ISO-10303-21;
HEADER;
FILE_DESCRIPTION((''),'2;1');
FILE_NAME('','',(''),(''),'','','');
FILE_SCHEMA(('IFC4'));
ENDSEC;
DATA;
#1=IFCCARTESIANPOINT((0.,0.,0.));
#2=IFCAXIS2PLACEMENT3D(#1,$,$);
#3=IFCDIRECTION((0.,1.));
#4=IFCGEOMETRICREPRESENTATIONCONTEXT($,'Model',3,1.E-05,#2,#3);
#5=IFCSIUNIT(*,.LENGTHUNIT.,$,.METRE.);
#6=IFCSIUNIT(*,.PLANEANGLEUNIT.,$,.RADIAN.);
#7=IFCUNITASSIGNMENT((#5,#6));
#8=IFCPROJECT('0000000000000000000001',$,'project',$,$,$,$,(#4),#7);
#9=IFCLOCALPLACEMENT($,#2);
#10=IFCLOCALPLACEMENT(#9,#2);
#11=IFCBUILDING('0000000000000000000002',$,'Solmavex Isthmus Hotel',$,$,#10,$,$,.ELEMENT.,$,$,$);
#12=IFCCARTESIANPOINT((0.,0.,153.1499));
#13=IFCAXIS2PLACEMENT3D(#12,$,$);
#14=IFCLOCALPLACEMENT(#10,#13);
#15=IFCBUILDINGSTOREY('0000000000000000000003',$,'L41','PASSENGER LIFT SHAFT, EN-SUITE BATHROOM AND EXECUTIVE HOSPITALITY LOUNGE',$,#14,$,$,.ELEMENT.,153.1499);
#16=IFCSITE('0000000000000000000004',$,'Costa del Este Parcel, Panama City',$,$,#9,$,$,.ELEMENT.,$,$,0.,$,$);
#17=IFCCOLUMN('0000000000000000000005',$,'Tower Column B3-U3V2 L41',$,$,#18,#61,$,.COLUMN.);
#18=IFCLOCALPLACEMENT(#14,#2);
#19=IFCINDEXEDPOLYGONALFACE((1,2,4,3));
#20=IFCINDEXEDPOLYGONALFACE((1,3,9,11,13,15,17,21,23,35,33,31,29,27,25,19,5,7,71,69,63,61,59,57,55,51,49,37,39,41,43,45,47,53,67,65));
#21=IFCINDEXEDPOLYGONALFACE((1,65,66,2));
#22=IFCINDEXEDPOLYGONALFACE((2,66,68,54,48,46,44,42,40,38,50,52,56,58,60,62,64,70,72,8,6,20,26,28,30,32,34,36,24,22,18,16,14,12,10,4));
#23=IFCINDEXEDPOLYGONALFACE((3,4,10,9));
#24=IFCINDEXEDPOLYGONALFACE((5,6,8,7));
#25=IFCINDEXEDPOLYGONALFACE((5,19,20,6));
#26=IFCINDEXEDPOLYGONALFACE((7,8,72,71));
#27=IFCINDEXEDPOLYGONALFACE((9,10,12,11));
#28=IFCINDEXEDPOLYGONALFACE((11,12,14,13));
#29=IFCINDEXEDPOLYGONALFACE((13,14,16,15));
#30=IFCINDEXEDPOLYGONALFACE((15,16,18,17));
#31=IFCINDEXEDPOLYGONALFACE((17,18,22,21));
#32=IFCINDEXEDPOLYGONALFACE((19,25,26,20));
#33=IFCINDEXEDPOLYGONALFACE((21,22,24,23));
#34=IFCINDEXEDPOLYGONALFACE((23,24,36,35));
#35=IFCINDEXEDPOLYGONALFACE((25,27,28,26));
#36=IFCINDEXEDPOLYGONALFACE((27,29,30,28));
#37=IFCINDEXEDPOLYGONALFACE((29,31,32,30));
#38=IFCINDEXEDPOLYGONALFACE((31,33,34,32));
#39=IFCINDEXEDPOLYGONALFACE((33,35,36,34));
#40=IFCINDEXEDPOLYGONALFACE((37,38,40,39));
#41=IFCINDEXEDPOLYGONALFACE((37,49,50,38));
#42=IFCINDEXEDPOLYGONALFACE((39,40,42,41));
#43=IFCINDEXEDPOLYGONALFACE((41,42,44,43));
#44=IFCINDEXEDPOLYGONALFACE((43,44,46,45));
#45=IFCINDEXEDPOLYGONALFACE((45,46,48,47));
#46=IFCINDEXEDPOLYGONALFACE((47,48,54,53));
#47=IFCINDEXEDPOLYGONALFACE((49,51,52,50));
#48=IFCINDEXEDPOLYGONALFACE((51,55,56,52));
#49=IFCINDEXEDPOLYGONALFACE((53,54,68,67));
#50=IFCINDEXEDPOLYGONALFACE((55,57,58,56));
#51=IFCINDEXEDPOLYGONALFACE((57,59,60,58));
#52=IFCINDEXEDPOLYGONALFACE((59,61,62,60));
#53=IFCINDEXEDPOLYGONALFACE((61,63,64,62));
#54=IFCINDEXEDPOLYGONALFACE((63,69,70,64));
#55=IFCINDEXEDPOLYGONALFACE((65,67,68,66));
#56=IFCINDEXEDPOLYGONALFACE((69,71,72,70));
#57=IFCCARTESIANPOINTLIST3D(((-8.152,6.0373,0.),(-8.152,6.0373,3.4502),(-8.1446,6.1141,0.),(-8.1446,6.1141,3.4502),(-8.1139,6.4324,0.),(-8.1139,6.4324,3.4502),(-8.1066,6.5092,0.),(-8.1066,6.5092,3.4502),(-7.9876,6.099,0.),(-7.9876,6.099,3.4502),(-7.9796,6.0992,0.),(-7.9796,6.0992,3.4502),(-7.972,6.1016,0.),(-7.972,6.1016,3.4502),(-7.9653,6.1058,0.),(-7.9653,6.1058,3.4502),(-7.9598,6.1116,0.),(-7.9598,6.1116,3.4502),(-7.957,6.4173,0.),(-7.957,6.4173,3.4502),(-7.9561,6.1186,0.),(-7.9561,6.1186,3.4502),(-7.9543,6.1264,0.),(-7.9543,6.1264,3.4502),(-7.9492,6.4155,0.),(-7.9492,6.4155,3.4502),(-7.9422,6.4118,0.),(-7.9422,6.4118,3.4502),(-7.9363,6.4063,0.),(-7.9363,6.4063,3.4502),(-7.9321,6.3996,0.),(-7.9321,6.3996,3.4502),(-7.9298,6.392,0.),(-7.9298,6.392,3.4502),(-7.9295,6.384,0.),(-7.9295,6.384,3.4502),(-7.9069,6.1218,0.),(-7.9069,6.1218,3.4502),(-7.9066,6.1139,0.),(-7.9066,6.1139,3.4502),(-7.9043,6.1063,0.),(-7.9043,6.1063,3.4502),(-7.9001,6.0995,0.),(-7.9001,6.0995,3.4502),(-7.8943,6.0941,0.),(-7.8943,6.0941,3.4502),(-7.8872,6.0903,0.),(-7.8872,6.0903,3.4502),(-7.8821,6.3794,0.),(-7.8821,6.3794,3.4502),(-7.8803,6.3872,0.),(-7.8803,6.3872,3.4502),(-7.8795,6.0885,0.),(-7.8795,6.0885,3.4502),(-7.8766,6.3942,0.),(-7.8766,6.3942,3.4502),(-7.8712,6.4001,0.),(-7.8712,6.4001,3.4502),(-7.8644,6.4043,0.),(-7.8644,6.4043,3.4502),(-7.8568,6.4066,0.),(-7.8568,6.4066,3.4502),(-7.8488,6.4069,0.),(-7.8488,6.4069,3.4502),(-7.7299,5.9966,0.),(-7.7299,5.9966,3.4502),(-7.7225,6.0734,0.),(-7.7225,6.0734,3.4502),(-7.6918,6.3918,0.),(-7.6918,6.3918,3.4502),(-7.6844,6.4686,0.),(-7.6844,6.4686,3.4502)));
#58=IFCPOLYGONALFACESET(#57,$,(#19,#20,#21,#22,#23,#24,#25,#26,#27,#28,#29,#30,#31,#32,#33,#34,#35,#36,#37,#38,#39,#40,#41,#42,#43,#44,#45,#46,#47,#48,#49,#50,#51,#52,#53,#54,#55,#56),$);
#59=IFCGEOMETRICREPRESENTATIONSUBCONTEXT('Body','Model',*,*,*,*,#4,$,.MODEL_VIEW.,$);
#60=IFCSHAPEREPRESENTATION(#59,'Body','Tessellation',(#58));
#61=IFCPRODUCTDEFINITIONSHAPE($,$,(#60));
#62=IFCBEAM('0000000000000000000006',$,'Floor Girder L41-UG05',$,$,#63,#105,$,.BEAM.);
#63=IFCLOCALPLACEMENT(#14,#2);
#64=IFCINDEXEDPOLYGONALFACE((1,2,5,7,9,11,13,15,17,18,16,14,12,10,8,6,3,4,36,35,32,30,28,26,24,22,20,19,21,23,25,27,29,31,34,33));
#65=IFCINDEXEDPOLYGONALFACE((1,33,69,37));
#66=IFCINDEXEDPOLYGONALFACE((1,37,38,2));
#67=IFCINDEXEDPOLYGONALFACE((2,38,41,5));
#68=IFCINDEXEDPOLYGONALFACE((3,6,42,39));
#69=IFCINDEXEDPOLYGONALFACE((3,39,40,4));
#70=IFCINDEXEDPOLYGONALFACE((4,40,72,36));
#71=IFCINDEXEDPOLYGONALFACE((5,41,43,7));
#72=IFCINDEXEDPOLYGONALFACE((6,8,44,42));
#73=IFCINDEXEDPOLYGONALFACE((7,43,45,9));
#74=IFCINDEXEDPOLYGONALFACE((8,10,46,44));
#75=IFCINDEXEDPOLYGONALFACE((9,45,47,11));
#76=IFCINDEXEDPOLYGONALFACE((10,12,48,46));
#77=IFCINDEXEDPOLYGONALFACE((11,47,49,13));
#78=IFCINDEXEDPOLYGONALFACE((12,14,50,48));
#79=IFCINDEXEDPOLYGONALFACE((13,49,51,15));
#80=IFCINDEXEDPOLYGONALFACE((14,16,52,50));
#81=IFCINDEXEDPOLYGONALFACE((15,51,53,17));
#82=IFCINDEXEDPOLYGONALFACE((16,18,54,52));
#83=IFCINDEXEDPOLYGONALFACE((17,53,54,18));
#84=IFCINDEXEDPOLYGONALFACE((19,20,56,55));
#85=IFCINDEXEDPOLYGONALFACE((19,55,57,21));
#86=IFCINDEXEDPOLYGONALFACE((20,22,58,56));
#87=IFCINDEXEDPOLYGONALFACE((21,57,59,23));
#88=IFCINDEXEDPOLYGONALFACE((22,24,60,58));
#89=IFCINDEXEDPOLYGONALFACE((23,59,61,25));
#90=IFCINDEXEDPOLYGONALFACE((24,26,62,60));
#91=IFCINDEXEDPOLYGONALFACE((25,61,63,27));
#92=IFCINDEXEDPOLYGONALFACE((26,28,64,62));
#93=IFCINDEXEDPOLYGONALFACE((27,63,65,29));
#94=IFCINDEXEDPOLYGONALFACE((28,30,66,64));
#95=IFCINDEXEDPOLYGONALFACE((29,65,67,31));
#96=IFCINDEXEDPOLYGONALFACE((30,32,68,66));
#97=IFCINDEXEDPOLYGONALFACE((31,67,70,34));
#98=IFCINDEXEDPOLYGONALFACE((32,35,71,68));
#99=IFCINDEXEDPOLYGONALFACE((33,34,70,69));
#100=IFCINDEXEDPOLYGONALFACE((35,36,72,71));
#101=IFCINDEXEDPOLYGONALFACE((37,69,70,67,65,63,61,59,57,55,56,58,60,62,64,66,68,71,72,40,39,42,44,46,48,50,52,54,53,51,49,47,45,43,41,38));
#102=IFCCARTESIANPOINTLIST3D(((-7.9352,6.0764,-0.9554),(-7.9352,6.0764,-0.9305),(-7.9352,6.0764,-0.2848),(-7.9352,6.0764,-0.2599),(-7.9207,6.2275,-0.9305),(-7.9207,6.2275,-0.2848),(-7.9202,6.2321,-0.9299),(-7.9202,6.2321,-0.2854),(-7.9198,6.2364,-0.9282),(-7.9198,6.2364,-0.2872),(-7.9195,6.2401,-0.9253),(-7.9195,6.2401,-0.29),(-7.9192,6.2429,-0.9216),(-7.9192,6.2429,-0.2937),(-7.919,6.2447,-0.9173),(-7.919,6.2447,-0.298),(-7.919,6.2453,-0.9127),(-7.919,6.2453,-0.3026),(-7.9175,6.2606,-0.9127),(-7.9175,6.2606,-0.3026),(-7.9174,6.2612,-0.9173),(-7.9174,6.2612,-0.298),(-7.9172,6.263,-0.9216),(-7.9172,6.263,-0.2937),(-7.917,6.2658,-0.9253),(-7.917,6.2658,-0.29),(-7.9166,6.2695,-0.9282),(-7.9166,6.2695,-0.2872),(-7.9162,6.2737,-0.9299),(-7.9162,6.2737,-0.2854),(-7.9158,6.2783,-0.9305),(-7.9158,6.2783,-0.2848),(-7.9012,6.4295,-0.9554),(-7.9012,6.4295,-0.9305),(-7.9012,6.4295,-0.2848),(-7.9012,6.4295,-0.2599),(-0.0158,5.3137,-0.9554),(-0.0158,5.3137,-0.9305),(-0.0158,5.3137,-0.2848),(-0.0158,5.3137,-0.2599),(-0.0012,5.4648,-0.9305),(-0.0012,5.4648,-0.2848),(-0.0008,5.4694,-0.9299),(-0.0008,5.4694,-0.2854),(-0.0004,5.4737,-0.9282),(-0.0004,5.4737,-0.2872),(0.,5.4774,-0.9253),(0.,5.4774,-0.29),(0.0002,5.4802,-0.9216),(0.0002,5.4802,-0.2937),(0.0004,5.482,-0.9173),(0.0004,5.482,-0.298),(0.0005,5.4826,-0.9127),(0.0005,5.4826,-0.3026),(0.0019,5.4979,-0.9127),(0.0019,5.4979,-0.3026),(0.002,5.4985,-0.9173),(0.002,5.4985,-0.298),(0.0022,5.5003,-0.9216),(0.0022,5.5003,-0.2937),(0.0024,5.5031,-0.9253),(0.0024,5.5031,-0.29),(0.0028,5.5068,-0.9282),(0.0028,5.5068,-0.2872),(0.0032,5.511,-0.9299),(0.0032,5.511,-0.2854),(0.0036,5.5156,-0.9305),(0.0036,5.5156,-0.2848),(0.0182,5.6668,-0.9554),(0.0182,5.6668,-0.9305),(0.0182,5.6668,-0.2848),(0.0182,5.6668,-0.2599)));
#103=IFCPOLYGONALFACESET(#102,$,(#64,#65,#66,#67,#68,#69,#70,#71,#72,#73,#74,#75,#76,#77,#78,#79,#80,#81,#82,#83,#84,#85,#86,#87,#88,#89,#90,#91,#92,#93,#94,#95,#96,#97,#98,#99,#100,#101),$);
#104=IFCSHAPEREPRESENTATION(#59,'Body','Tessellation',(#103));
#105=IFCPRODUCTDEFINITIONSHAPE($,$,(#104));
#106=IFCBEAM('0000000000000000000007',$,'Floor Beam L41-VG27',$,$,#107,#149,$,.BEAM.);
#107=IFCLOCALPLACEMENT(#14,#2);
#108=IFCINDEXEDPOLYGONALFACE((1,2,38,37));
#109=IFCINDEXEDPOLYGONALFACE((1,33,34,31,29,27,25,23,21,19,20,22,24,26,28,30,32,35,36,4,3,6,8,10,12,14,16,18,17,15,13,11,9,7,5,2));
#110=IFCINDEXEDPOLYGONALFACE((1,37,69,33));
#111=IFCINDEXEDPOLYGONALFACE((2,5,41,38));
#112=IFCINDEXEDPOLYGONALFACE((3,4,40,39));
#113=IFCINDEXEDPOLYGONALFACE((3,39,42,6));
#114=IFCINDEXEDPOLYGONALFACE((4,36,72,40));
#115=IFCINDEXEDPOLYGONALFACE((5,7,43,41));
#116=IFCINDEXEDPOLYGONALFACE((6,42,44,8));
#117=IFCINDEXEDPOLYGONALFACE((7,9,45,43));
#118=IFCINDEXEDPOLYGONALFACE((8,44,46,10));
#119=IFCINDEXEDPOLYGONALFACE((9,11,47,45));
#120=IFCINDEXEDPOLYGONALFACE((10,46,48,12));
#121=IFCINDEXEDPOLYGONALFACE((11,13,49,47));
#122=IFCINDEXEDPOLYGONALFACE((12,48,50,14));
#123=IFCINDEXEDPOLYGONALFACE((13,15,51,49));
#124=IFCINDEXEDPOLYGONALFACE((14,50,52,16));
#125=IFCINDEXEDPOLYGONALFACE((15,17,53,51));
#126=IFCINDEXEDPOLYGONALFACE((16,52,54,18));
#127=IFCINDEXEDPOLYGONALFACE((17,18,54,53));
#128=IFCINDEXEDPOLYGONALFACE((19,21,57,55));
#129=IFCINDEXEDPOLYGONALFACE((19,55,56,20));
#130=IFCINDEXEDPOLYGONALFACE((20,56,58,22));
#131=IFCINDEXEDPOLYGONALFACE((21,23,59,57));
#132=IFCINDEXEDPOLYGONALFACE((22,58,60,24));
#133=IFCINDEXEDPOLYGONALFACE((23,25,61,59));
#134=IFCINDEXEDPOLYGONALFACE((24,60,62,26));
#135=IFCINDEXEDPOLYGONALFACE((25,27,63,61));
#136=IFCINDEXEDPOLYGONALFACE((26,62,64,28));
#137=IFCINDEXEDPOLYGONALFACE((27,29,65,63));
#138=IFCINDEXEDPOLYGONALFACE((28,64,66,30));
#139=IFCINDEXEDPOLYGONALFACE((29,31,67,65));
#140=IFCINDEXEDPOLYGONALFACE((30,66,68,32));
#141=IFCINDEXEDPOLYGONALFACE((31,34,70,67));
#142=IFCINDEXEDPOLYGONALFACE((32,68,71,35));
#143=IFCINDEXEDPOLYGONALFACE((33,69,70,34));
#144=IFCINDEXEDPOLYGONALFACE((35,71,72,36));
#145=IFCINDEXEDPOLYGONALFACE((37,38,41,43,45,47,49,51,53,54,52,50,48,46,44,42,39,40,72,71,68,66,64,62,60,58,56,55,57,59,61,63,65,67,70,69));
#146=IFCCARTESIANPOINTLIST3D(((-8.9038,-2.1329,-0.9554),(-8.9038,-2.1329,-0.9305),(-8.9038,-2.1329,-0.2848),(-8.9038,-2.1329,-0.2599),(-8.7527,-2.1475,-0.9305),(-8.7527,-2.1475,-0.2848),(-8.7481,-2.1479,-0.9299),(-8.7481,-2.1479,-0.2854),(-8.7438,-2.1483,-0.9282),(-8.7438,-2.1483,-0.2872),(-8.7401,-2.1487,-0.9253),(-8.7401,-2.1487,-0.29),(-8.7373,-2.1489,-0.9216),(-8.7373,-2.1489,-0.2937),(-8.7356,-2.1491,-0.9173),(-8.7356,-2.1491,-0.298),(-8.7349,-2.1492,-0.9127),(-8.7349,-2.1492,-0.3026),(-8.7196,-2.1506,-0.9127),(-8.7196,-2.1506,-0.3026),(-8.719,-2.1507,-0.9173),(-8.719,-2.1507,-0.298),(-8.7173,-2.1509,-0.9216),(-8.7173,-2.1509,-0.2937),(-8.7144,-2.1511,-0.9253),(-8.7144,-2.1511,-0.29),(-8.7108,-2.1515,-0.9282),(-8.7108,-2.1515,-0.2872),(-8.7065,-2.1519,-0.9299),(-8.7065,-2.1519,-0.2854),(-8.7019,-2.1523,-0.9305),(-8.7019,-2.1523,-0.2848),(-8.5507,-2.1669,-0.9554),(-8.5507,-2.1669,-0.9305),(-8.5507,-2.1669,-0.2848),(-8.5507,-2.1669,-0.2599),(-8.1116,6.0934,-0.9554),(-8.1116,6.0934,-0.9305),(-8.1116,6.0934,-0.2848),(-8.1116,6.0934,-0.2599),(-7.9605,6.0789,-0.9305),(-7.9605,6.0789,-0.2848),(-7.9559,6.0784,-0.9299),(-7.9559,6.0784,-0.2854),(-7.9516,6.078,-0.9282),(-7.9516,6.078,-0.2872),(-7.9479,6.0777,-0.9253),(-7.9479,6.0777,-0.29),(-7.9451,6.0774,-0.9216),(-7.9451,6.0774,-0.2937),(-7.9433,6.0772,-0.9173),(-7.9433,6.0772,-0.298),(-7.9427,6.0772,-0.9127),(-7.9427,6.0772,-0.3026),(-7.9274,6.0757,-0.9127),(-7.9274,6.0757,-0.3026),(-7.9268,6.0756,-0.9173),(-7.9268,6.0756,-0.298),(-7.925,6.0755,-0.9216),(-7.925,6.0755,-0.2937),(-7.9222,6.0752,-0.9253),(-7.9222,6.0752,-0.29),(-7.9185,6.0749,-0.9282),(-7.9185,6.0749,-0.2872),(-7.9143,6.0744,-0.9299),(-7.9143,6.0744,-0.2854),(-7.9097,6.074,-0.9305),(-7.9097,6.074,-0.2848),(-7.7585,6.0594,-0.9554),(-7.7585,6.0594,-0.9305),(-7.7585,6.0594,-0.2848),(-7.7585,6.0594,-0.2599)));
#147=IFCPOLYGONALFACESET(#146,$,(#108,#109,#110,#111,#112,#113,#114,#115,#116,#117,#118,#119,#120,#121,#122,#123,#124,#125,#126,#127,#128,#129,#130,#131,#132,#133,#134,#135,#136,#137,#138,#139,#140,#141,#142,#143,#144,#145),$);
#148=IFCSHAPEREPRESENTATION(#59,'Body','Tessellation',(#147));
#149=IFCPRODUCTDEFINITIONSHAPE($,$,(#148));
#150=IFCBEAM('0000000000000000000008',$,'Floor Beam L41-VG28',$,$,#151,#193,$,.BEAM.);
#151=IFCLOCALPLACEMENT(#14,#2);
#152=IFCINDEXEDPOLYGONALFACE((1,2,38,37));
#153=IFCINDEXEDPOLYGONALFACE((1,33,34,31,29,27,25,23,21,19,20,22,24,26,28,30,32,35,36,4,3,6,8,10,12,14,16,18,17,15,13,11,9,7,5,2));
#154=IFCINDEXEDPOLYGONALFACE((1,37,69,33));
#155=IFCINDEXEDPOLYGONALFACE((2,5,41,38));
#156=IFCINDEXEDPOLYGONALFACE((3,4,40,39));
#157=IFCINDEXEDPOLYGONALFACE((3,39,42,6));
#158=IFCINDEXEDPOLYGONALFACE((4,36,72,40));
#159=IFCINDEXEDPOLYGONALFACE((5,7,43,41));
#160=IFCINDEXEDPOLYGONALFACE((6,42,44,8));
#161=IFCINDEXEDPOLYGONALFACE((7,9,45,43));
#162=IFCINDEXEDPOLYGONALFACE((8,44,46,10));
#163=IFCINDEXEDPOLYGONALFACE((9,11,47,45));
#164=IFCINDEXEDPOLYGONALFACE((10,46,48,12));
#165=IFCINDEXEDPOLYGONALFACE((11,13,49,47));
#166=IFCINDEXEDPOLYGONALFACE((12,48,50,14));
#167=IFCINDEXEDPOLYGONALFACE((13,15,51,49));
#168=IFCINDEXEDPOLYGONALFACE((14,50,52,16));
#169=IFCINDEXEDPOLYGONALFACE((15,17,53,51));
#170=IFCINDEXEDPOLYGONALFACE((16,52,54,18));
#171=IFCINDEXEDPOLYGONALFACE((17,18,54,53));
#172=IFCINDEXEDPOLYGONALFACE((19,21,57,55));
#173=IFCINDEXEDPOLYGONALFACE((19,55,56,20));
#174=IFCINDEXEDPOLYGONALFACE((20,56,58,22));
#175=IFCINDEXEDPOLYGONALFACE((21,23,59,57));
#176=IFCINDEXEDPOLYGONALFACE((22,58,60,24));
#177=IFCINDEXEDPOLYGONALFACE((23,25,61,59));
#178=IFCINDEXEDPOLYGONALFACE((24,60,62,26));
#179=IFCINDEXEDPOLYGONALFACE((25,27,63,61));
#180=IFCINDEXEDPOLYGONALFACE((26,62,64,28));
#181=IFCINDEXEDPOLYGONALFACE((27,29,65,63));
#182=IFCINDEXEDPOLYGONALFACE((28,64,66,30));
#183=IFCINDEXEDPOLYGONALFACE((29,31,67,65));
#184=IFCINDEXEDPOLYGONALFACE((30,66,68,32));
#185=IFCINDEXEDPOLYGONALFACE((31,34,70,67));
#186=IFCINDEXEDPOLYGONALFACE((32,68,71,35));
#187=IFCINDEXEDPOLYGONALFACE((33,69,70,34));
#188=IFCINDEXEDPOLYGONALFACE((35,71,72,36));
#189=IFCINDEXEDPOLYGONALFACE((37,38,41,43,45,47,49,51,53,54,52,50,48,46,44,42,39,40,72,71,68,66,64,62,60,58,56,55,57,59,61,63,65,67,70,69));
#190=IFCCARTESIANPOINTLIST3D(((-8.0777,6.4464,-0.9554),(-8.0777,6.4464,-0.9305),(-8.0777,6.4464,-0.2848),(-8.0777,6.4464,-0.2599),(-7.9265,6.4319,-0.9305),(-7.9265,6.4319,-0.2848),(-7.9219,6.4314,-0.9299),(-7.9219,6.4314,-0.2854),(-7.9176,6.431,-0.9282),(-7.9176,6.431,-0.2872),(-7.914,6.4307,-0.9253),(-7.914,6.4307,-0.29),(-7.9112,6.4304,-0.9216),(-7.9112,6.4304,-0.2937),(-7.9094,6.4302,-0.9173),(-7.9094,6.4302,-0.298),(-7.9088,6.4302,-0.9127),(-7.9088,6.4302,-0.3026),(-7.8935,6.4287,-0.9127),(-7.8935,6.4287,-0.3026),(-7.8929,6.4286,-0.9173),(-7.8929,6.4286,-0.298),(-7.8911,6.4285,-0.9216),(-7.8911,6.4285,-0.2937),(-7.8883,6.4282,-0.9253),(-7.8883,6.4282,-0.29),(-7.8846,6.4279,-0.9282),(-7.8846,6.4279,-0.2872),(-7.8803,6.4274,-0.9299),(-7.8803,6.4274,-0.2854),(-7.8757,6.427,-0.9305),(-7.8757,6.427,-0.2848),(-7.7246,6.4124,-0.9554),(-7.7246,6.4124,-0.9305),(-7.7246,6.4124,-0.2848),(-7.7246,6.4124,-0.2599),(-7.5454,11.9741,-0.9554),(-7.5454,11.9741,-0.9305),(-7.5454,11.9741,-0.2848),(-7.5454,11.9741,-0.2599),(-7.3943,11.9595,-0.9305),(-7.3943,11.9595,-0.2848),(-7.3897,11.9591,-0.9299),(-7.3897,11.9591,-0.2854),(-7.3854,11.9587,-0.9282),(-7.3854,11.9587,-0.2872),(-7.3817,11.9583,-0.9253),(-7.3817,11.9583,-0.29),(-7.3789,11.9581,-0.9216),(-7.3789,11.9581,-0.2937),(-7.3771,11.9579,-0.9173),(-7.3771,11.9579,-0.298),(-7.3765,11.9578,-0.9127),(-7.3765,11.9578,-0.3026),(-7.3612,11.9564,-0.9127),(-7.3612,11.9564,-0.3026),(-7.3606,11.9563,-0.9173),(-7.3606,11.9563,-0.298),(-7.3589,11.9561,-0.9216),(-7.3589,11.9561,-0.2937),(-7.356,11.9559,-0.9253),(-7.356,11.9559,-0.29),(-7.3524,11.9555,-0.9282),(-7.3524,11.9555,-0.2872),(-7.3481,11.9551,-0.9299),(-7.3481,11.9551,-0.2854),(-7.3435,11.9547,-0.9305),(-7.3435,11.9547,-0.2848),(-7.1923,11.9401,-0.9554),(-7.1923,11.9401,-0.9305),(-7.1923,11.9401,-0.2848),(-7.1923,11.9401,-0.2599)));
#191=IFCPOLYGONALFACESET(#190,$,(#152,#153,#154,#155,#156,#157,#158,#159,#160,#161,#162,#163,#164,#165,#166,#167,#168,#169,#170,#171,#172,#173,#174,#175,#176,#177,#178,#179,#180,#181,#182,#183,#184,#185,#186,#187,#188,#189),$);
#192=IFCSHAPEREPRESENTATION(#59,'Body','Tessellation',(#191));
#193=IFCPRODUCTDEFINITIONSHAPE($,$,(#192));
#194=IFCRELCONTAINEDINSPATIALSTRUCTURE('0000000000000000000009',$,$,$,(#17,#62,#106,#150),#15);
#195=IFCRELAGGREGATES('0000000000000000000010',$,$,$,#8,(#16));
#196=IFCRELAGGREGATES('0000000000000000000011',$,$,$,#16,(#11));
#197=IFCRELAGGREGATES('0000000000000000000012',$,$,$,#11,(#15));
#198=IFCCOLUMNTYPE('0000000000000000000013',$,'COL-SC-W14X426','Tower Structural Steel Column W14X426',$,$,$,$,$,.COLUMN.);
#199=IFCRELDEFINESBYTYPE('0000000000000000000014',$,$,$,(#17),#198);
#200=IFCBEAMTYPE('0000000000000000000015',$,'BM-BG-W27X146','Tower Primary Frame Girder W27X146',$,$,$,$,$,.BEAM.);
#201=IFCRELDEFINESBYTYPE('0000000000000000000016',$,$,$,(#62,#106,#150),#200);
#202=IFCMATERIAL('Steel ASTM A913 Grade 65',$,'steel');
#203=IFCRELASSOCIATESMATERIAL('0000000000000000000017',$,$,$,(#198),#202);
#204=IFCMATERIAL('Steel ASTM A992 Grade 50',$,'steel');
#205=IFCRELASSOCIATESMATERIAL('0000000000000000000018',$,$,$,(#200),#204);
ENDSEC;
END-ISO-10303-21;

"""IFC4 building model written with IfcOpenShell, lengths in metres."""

from ifc_helpers import new_model, si_unit, direction, frame, origin, origin_2d, place, context, subcontext, project, spatial, i_section, extrude, material, material_profile, profile_set, type_object, element, save


model = new_model("IFC4")

# Units and contexts
model_context = context("Model", 3, precision=1e-05, world=origin(), true_north=direction((0.0, 1.0)))
body_context = subcontext(model_context, "Body", "Model", "MODEL_VIEW")
ifc_project = project(units=[si_unit("LENGTHUNIT", "METRE"), si_unit("PLANEANGLEUNIT", "RADIAN")], contexts=[model_context])

# Site, building, storey
site_placement = place(None, origin())
site = spatial("IfcSite", under=ifc_project, at=site_placement, Name="Costa del Este Parcel, Panama City", CompositionType="ELEMENT", RefElevation=0.0)
building_placement = place(site_placement, origin())
building = spatial("IfcBuilding", under=site, at=building_placement, Name="Solmavex Isthmus Hotel", CompositionType="ELEMENT")
storey_placement = place(building_placement, frame((0.0, 0.0, 153.1499)))
storey = spatial("IfcBuildingStorey", under=building, at=storey_placement, Name="L41", Description="PASSENGER LIFT SHAFT, EN-SUITE BATHROOM AND EXECUTIVE HOSPITALITY LOUNGE", CompositionType="ELEMENT", Elevation=153.1499)

# Column
ifc_material_1 = material(Name="Steel ASTM A913 Grade 65", Category="steel")
ifc_material_profile_1 = material_profile(ifc_material_1, i_section(OverallWidth=0.4241, OverallDepth=0.4741, WebThickness=0.0476, FlangeThickness=0.0771, FilletRadius=0.0305, at=origin_2d()), Name="W14X426")
ifc_profile_set_1 = profile_set([ifc_material_profile_1], Name="Steel ASTM A913 Grade 65")
column_type = type_object("IfcColumnType", Name="COL-SC-W14X426", Description="Tower Structural Steel Column W14X426", PredefinedType="COLUMN", material=ifc_profile_set_1)
column_placement = place(storey_placement, frame((-7.9182, 6.2529, 0.0), z_axis=(0.0, 0.0, 1.0), x_axis=(0.995396, -0.095846, 0.0)))
element("IfcColumn", 1, at=column_placement, inside=storey, type_object=column_type, Name="Tower Column B3-U3V2 L41", PredefinedType="COLUMN", context=body_context, shape_type="SweptSolid", body=[
    extrude(i_section(OverallWidth=0.4241, OverallDepth=0.4741, WebThickness=0.0476, FlangeThickness=0.0771, FilletRadius=0.0305, at=origin_2d()), origin(), (0.0, 0.0, 1.0), 3.4502),
])

# Beams
ifc_material_2 = material(Name="Steel ASTM A992 Grade 50", Category="steel")
ifc_material_profile_2 = material_profile(ifc_material_2, i_section(OverallWidth=0.3547, OverallDepth=0.6956, WebThickness=0.0154, FlangeThickness=0.0249, FilletRadius=0.0178, at=origin_2d()), Name="W27X146")
ifc_profile_set_2 = profile_set([ifc_material_profile_2], Name="Steel ASTM A992 Grade 50")
beam_type_1 = type_object("IfcBeamType", Name="BM-BG-W27X146", Description="Tower Primary Frame Girder W27X146", PredefinedType="BEAM", material=ifc_profile_set_2)
beam_1_placement = place(storey_placement, frame((-7.9182, 6.2529, -0.6077), z_axis=(0.995395, -0.095863, 0.0), x_axis=(0.095863, 0.995395, 0.0)))
element("IfcBeam", 2, at=beam_1_placement, inside=storey, type_object=beam_type_1, Name="Floor Girder L41-UG05", PredefinedType="BEAM", context=body_context, shape_type="SweptSolid", body=[
    extrude(i_section(OverallWidth=0.3547, OverallDepth=0.6956, WebThickness=0.0154, FlangeThickness=0.0249, FilletRadius=0.0178, at=origin_2d()), origin(), (0.0, 0.0, 1.0), 7.9561),
])
beam_2_placement = place(storey_placement, frame((-8.7273, -2.1499, -0.6077), z_axis=(0.095862, 0.995395, 0.0), x_axis=(-0.995395, 0.095862, 0.0)))
element("IfcBeam", 3, at=beam_2_placement, inside=storey, type_object=beam_type_1, Name="Floor Beam L41-VG27", PredefinedType="BEAM", context=body_context, shape_type="SweptSolid", body=[
    extrude(i_section(OverallWidth=0.3547, OverallDepth=0.6956, WebThickness=0.0154, FlangeThickness=0.0249, FilletRadius=0.0178, at=origin_2d()), origin(), (0.0, 0.0, 1.0), 8.2644),
])
beam_3_placement = place(storey_placement, frame((-7.9011, 6.4294, -0.6077), z_axis=(0.095842, 0.995397, 0.0), x_axis=(-0.995397, 0.095842, 0.0)))
element("IfcBeam", 4, at=beam_3_placement, inside=storey, type_object=beam_type_1, Name="Floor Beam L41-VG28", PredefinedType="BEAM", context=body_context, shape_type="SweptSolid", body=[
    extrude(i_section(OverallWidth=0.3547, OverallDepth=0.6956, WebThickness=0.0154, FlangeThickness=0.0249, FilletRadius=0.0178, at=origin_2d()), origin(), (0.0, 0.0, 1.0), 5.5532),
])

save(model, "model.ifc")
